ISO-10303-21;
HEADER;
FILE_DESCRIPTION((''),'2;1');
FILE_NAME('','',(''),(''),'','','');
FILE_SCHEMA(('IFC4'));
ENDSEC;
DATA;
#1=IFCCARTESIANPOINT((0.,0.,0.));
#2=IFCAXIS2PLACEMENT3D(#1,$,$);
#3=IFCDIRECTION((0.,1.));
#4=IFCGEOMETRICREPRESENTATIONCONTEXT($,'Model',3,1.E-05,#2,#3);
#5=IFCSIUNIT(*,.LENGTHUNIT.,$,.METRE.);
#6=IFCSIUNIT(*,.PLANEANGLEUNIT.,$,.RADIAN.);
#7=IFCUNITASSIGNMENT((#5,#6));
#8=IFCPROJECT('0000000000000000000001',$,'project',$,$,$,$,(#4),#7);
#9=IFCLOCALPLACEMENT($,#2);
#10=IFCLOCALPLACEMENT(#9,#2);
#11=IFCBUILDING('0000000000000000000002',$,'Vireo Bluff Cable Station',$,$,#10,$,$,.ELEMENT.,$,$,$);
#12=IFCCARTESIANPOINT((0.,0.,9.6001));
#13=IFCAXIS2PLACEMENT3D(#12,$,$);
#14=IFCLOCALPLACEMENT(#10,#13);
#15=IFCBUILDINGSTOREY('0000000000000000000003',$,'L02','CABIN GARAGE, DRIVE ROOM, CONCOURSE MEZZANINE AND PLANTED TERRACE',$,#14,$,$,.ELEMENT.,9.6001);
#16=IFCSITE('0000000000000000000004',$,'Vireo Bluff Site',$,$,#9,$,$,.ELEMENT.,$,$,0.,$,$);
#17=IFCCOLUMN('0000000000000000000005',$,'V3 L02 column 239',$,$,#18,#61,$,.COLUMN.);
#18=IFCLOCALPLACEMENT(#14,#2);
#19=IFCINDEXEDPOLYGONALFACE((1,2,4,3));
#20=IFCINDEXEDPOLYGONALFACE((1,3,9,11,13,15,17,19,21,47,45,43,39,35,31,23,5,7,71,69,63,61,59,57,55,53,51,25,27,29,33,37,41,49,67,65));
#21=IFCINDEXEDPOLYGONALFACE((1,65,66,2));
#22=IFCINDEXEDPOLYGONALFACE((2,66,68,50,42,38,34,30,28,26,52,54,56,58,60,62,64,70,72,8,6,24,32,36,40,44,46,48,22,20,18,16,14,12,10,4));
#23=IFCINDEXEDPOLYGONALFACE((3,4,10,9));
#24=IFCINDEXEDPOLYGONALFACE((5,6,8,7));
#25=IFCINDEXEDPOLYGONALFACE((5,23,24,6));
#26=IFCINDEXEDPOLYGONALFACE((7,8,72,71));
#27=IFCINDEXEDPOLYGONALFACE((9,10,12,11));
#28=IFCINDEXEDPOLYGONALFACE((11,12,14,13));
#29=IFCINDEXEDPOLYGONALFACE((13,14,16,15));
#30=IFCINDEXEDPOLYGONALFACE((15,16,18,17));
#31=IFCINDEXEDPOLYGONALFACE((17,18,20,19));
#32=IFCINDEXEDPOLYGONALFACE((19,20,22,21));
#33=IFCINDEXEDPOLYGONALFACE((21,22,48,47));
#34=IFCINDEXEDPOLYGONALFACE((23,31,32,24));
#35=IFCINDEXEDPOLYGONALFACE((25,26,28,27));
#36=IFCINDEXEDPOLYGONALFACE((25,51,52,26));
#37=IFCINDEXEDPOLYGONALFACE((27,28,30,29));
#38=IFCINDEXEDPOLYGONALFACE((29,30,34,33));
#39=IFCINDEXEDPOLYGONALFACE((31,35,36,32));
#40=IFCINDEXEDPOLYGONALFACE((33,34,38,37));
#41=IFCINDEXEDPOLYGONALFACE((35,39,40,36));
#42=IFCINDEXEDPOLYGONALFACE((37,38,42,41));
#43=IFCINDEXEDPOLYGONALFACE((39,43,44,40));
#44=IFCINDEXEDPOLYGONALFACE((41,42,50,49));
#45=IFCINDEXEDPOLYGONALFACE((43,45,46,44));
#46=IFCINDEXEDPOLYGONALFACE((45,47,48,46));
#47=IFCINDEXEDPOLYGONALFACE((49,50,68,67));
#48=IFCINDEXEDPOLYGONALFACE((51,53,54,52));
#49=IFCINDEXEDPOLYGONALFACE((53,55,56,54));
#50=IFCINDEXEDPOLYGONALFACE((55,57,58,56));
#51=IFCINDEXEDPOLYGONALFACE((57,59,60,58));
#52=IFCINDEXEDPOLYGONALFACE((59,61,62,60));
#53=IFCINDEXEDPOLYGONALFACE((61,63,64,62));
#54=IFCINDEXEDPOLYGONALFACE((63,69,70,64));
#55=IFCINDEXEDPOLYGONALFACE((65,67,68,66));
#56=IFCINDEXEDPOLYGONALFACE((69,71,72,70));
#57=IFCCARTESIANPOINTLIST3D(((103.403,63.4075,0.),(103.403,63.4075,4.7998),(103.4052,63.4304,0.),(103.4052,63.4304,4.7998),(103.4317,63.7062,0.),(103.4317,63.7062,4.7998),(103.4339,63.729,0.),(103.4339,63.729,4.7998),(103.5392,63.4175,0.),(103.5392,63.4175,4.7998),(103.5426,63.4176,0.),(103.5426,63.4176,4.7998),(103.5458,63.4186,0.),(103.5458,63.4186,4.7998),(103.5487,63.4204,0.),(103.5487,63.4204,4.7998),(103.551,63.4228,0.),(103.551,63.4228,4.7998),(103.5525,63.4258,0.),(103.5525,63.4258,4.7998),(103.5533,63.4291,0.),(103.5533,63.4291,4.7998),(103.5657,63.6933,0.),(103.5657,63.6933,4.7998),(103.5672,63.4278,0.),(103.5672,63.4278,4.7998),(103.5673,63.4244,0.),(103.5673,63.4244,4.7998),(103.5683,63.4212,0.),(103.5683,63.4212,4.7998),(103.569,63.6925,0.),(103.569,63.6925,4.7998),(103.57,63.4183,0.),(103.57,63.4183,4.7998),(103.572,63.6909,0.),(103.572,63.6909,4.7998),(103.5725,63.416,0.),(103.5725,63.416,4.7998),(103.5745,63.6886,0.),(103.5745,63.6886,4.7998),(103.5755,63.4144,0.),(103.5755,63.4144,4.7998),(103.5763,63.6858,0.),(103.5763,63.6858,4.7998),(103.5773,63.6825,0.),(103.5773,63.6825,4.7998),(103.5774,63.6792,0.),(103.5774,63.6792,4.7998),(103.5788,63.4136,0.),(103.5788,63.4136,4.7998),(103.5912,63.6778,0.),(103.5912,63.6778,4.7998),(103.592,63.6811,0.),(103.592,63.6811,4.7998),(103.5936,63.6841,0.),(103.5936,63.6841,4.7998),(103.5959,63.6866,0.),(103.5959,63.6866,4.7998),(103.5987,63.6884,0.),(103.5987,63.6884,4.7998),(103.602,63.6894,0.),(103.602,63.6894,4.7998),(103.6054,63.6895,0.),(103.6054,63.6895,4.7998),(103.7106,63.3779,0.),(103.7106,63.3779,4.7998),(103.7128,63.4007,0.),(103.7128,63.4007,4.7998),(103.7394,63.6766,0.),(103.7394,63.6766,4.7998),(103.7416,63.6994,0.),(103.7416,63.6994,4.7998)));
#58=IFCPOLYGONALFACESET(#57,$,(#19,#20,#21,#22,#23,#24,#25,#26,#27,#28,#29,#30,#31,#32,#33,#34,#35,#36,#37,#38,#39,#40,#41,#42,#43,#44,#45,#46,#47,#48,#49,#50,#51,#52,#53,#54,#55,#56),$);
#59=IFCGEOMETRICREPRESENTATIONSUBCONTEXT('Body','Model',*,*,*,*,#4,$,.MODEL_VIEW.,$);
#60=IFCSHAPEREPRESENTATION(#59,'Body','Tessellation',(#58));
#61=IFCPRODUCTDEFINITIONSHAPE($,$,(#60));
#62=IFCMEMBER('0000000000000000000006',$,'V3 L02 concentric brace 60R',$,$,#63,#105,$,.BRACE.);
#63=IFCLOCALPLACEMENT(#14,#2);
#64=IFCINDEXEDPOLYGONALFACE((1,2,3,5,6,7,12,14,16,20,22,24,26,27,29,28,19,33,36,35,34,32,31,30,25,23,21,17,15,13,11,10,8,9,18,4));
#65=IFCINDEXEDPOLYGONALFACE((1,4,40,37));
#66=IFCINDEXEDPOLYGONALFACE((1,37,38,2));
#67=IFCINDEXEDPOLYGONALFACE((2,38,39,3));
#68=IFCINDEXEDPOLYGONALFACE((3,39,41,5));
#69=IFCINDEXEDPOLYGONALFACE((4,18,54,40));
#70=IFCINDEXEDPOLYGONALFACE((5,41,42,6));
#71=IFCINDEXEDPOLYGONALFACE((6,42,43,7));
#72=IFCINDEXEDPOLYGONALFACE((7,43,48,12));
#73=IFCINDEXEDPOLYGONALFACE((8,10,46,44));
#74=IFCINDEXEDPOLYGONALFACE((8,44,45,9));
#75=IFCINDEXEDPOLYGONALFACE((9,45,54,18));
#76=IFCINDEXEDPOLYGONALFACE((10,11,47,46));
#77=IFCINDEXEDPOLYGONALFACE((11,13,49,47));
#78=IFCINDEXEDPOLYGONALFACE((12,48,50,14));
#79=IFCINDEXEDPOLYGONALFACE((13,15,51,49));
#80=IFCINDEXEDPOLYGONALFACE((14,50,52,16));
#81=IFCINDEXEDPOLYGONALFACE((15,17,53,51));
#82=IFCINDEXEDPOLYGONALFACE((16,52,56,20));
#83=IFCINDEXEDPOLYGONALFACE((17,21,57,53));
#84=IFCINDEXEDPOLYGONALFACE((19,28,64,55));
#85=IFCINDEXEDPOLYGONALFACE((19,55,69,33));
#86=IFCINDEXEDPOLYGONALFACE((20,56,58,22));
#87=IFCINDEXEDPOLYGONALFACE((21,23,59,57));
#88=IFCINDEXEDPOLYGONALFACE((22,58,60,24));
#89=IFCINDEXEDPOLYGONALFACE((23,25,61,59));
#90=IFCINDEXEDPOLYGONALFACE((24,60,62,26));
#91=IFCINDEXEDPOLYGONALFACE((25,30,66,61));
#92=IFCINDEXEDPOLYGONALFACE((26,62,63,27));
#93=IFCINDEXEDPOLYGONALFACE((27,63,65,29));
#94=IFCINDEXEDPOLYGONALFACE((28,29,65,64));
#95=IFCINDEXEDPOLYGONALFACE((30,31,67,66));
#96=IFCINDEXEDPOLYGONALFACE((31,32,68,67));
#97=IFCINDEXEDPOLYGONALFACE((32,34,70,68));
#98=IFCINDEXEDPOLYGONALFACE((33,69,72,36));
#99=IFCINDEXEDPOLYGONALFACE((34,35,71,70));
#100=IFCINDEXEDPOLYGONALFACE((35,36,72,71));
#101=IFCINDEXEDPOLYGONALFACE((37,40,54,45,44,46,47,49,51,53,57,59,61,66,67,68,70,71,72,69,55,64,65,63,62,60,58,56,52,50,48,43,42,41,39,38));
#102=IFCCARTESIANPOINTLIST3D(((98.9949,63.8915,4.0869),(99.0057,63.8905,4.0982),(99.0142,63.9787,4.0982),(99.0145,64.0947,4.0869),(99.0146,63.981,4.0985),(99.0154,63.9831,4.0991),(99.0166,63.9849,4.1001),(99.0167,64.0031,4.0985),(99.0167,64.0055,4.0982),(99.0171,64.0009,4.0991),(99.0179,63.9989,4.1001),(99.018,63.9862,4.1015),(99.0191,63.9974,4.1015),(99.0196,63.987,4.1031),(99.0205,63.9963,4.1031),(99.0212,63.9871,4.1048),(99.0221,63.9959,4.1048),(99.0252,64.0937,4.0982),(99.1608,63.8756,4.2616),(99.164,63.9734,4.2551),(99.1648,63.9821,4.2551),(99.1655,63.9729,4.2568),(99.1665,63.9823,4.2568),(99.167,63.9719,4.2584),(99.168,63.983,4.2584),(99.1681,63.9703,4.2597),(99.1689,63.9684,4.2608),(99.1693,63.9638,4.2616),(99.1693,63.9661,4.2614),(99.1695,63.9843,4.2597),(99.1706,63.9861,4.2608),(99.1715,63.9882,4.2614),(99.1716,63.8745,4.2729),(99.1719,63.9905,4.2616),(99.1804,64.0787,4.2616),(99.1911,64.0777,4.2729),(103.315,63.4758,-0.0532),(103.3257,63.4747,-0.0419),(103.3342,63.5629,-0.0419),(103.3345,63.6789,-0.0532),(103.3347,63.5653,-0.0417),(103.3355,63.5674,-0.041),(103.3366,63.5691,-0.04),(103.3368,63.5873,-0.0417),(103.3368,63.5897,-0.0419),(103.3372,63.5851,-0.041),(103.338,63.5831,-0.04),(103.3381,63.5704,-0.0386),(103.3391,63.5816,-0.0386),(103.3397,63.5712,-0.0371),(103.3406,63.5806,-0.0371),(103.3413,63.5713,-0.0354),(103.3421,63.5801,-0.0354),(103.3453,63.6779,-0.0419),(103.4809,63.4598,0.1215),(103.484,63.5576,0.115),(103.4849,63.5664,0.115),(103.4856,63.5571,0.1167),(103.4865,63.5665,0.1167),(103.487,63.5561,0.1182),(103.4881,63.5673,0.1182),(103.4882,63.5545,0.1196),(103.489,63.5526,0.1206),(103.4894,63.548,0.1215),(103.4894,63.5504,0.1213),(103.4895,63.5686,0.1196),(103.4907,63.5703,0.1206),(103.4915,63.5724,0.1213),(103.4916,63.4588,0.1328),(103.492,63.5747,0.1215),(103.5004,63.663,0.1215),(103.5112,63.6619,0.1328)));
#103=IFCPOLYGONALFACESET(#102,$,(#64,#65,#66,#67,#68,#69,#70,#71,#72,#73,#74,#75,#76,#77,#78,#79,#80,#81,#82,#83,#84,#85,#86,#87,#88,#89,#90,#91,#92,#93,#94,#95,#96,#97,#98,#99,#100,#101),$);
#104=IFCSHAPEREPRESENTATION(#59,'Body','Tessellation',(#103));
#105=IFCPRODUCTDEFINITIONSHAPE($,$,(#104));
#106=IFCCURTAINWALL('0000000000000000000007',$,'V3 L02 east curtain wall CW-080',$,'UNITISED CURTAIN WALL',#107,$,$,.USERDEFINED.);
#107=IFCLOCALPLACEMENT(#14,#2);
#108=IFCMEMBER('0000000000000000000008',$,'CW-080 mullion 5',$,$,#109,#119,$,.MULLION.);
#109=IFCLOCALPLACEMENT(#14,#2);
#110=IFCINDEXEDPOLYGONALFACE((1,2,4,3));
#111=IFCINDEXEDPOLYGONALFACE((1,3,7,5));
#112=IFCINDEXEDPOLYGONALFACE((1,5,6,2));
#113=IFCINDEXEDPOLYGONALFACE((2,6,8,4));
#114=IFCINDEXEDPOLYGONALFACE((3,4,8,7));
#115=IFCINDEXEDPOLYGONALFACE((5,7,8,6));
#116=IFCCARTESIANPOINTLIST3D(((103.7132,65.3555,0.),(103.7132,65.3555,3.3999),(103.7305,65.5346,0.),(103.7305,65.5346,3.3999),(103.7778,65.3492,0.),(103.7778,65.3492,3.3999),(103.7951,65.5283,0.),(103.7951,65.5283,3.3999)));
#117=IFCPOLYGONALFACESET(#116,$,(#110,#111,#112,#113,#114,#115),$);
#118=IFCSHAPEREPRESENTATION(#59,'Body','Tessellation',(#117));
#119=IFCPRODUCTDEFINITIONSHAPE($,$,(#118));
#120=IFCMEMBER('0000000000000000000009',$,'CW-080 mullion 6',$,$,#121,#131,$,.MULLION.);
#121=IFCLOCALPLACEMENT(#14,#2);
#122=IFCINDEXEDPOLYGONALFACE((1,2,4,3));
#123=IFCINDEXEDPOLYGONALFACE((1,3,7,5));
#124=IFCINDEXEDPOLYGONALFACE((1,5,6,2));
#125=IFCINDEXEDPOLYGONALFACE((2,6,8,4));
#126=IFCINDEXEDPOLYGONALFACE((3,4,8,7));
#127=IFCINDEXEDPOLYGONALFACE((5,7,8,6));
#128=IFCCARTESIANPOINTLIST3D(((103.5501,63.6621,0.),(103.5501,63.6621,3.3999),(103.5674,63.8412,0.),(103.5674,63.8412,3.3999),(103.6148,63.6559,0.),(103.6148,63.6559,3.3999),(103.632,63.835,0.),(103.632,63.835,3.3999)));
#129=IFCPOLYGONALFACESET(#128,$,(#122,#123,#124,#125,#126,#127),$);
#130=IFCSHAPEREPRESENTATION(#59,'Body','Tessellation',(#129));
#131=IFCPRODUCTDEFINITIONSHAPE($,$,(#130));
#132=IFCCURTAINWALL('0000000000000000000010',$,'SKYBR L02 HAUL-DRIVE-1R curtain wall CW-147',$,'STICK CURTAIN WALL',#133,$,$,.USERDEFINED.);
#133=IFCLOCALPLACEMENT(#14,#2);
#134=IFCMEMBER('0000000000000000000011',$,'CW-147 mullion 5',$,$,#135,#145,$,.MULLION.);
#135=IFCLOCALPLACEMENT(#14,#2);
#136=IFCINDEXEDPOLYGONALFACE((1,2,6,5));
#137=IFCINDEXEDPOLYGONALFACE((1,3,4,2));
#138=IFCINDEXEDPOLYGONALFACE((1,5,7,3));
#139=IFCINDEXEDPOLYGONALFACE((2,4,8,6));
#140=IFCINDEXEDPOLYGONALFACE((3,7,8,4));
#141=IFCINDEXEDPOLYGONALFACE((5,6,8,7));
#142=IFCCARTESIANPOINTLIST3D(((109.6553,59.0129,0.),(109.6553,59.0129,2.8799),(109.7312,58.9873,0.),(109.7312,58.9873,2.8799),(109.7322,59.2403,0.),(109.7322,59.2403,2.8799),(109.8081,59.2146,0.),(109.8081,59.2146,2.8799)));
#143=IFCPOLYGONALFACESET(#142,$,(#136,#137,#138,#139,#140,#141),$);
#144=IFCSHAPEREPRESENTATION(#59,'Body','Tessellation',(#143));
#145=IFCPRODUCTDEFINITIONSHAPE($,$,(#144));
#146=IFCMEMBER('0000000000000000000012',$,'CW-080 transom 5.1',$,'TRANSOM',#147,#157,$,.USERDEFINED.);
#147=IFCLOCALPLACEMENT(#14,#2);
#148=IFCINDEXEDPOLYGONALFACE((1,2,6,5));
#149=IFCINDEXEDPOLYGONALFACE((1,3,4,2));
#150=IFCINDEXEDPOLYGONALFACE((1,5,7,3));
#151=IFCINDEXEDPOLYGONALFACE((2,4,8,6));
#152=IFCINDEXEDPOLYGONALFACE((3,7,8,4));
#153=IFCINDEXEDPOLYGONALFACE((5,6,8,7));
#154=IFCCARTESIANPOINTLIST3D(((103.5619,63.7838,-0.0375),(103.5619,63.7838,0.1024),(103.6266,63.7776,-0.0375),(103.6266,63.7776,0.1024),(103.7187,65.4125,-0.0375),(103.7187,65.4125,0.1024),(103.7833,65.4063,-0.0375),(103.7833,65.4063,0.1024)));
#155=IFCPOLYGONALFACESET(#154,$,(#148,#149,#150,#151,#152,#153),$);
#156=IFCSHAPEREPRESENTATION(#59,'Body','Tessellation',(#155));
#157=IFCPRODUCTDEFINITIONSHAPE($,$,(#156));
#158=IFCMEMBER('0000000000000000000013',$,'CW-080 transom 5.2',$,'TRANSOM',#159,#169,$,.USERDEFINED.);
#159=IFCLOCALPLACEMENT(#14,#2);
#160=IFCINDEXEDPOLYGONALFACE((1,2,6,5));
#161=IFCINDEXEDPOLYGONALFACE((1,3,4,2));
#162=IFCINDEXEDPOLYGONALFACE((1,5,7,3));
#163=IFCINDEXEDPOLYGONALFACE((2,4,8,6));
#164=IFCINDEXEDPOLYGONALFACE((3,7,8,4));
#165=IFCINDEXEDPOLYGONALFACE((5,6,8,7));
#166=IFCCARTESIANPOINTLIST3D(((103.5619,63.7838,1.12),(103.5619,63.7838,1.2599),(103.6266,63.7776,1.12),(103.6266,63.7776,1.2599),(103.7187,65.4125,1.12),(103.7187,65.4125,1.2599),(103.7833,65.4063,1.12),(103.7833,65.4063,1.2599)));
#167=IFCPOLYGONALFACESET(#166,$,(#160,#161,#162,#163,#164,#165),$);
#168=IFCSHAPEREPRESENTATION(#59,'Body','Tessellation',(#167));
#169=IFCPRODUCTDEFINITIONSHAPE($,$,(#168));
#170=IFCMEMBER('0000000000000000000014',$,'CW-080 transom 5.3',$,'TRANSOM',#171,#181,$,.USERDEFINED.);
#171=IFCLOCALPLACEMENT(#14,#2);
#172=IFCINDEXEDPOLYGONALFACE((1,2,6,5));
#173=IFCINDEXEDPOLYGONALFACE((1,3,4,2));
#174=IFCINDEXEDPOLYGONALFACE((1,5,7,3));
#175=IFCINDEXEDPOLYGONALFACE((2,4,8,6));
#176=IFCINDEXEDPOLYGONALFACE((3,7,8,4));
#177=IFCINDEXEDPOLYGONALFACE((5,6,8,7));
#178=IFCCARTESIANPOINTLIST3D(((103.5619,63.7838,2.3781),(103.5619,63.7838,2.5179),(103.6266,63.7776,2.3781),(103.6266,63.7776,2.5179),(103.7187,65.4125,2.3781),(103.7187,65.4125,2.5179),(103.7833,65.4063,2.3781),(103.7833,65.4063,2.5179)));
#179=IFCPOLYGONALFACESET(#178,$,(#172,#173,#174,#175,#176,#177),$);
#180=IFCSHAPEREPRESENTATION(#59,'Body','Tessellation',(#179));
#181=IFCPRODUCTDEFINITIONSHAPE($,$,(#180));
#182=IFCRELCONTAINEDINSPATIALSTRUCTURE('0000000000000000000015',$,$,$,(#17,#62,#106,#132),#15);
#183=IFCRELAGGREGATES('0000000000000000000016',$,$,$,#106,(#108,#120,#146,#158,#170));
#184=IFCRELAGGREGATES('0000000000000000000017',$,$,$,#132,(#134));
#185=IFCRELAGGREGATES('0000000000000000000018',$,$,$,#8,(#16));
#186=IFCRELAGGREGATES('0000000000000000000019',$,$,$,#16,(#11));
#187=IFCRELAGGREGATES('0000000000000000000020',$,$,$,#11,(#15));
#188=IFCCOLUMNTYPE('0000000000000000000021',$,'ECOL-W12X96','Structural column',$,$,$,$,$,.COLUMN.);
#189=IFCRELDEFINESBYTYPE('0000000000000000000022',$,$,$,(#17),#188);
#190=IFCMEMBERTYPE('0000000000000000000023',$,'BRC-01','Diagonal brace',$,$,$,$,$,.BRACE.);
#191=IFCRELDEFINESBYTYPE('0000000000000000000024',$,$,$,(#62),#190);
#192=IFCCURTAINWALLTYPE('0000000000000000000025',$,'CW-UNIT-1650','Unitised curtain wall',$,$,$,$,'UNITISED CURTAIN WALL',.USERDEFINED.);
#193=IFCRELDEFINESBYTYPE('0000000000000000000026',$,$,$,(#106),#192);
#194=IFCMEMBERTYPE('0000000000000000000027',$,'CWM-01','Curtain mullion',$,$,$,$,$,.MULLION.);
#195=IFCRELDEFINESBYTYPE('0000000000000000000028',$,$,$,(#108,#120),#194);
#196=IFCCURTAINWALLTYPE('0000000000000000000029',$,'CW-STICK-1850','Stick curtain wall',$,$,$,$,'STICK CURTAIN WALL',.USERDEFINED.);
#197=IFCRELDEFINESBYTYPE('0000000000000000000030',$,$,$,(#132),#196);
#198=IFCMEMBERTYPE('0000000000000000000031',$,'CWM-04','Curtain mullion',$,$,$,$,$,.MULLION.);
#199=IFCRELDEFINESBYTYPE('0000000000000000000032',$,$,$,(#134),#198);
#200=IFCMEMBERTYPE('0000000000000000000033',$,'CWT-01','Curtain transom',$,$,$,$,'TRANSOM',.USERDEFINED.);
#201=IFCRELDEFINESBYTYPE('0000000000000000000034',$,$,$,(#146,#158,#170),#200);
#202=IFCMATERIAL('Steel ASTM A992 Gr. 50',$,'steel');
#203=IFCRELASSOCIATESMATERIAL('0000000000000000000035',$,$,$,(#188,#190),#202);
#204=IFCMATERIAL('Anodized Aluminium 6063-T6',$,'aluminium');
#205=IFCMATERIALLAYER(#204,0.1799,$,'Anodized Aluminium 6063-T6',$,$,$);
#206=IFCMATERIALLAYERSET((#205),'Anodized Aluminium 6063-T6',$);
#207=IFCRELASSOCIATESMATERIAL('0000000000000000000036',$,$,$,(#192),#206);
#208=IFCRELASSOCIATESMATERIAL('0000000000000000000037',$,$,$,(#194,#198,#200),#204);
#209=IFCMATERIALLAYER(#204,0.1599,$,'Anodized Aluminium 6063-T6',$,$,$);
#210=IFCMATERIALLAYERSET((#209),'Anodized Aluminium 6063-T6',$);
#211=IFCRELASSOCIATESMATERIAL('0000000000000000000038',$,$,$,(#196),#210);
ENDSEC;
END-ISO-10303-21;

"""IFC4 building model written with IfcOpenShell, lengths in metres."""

from ifc_helpers import new_model, si_unit, direction, frame, origin, origin_2d, place, context, subcontext, project, spatial, rectangle, i_section, extrude, material, layer, layer_set, material_profile, profile_set, type_object, element, aggregate, save


model = new_model("IFC4")

# Units and contexts
model_context = context("Model", 3, precision=1e-05, world=origin(), true_north=direction((0.0, 1.0)))
body_context = subcontext(model_context, "Body", "Model", "MODEL_VIEW")
ifc_project = project(units=[si_unit("LENGTHUNIT", "METRE"), si_unit("PLANEANGLEUNIT", "RADIAN")], contexts=[model_context])

# Site, building, storey
site_placement = place(None, origin())
site = spatial("IfcSite", under=ifc_project, at=site_placement, Name="Vireo Bluff Site", CompositionType="ELEMENT", RefElevation=0.0)
building_placement = place(site_placement, origin())
building = spatial("IfcBuilding", under=site, at=building_placement, Name="Vireo Bluff Cable Station", CompositionType="ELEMENT")
storey_placement = place(building_placement, frame((0.0, 0.0, 9.6001)))
storey = spatial("IfcBuildingStorey", under=building, at=storey_placement, Name="L02", Description="CABIN GARAGE, DRIVE ROOM, CONCOURSE MEZZANINE AND PLANTED TERRACE", CompositionType="ELEMENT", Elevation=9.6001)

# Column
ifc_material_1 = material(Name="Steel ASTM A992 Gr. 50", Category="steel")
ifc_material_profile_1 = material_profile(ifc_material_1, i_section(OverallWidth=0.3091, OverallDepth=0.323, WebThickness=0.0139, FlangeThickness=0.0229, FilletRadius=0.0129, at=origin_2d()), Name="W12X96")
ifc_profile_set_1 = profile_set([ifc_material_profile_1], Name="Steel ASTM A992 Gr. 50")
column_type = type_object("IfcColumnType", Name="ECOL-W12X96", Description="Structural column", PredefinedType="COLUMN", material=ifc_profile_set_1)
column_placement = place(storey_placement, frame((103.5723, 63.5535, 0.0), z_axis=(0.0, 0.0, 1.0), x_axis=(0.995396, -0.095846, 0.0)))
element("IfcColumn", 1, at=column_placement, inside=storey, type_object=column_type, Name="V3 L02 column 239", PredefinedType="COLUMN", context=body_context, shape_type="SweptSolid", body=[
    extrude(i_section(OverallWidth=0.3091, OverallDepth=0.323, WebThickness=0.0139, FlangeThickness=0.0229, FilletRadius=0.0129, at=origin_2d()), origin(), (0.0, 0.0, 1.0), 4.7998),
])

# Member
ifc_material_profile_2 = material_profile(ifc_material_1, i_section(OverallWidth=0.2041, OverallDepth=0.2571, WebThickness=0.0088, FlangeThickness=0.0156, FilletRadius=0.009, at=origin_2d()), Name="W10X45")
ifc_profile_set_2 = profile_set([ifc_material_profile_2], Name="Steel ASTM A992 Gr. 50")
member_type_1 = type_object("IfcMemberType", Name="BRC-01", Description="Diagonal brace", PredefinedType="BRACE", material=ifc_profile_set_2)
member_1_placement = place(storey_placement, frame((103.4131, 63.5688, 0.0398), z_axis=(-0.720246, 0.069318, 0.690247), x_axis=(-0.095799, -0.995401, 0.0)))
element("IfcMember", 2, at=member_1_placement, inside=storey, type_object=member_type_1, Name="V3 L02 concentric brace 60R", PredefinedType="BRACE", context=body_context, shape_type="SweptSolid", body=[
    extrude(i_section(OverallWidth=0.2041, OverallDepth=0.2571, WebThickness=0.0088, FlangeThickness=0.0156, FilletRadius=0.009, at=origin_2d()), origin(), (0.0, 0.0, 1.0), 5.998),
])

# Curtain wall, members
ifc_material_2 = material(Name="Anodized Aluminium 6063-T6", Category="aluminium")
ifc_layer_1 = layer(ifc_material_2, 0.1799, Name="Anodized Aluminium 6063-T6")
ifc_layer_set_1 = layer_set([ifc_layer_1], Name="Anodized Aluminium 6063-T6")
curtain_wall_type_1 = type_object("IfcCurtainWallType", Name="CW-UNIT-1650", Description="Unitised curtain wall", ElementType="UNITISED CURTAIN WALL", PredefinedType="USERDEFINED", material=ifc_layer_set_1)
curtain_wall_1_placement = place(storey_placement, origin())
curtain_wall_1 = element("IfcCurtainWall", 3, at=curtain_wall_1_placement, inside=storey, type_object=curtain_wall_type_1, Name="V3 L02 east curtain wall CW-080", ObjectType="UNITISED CURTAIN WALL", PredefinedType="USERDEFINED")
ifc_material_profile_3 = material_profile(ifc_material_2, rectangle(XDim=0.0649, YDim=0.1799, at=origin_2d()), Name="ALU-M-65X180")
ifc_profile_set_3 = profile_set([ifc_material_profile_3], Name="Anodized Aluminium 6063-T6")
member_type_2 = type_object("IfcMemberType", Name="CWM-01", Description="Curtain mullion", PredefinedType="MULLION", material=ifc_profile_set_3)
member_2_placement = place(storey_placement, frame((103.7542, 65.4419, 0.0), z_axis=(0.0, 0.0, 1.0), x_axis=(0.995396, -0.095846, 0.0)))
member_2 = element("IfcMember", 4, at=member_2_placement, type_object=member_type_2, Name="CW-080 mullion 5", PredefinedType="MULLION", context=body_context, shape_type="SweptSolid", body=[
    extrude(rectangle(XDim=0.0649, YDim=0.1799, at=origin_2d()), origin(), (0.0, 0.0, 1.0), 3.3999),
])
member_3_placement = place(storey_placement, frame((103.5911, 63.7485, 0.0), z_axis=(0.0, 0.0, 1.0), x_axis=(0.995396, -0.095846, 0.0)))
member_3 = element("IfcMember", 5, at=member_3_placement, type_object=member_type_2, Name="CW-080 mullion 6", PredefinedType="MULLION", context=body_context, shape_type="SweptSolid", body=[
    extrude(rectangle(XDim=0.0649, YDim=0.1799, at=origin_2d()), origin(), (0.0, 0.0, 1.0), 3.3999),
])

# Curtain wall, member
ifc_layer_2 = layer(ifc_material_2, 0.1599, Name="Anodized Aluminium 6063-T6")
ifc_layer_set_2 = layer_set([ifc_layer_2], Name="Anodized Aluminium 6063-T6")
curtain_wall_type_2 = type_object("IfcCurtainWallType", Name="CW-STICK-1850", Description="Stick curtain wall", ElementType="STICK CURTAIN WALL", PredefinedType="USERDEFINED", material=ifc_layer_set_2)
curtain_wall_2_placement = place(storey_placement, origin())
curtain_wall_2 = element("IfcCurtainWall", 6, at=curtain_wall_2_placement, inside=storey, type_object=curtain_wall_type_2, Name="SKYBR L02 HAUL-DRIVE-1R curtain wall CW-147", ObjectType="STICK CURTAIN WALL", PredefinedType="USERDEFINED")
ifc_material_profile_4 = material_profile(ifc_material_2, rectangle(XDim=0.0801, YDim=0.24, at=origin_2d()), Name="ALU-M-80X240")
ifc_profile_set_4 = profile_set([ifc_material_profile_4], Name="Anodized Aluminium 6063-T6")
member_type_3 = type_object("IfcMemberType", Name="CWM-04", Description="Curtain mullion", PredefinedType="MULLION", material=ifc_profile_set_4)
member_4_placement = place(storey_placement, frame((109.7317, 59.1138, 0.0), z_axis=(0.0, 0.0, 1.0), x_axis=(-0.947295, 0.320364, 0.0)))
member_4 = element("IfcMember", 7, at=member_4_placement, type_object=member_type_3, Name="CW-147 mullion 5", PredefinedType="MULLION", context=body_context, shape_type="SweptSolid", body=[
    extrude(rectangle(XDim=0.0801, YDim=0.24, at=origin_2d()), origin(), (0.0, 0.0, 1.0), 2.8799),
])

# Members
ifc_material_profile_5 = material_profile(ifc_material_2, rectangle(XDim=0.0649, YDim=0.1399, at=origin_2d()), Name="ALU-T-65X140")
ifc_profile_set_5 = profile_set([ifc_material_profile_5], Name="Anodized Aluminium 6063-T6")
member_type_4 = type_object("IfcMemberType", Name="CWT-01", Description="Curtain transom", ElementType="TRANSOM", PredefinedType="USERDEFINED", material=ifc_profile_set_5)
member_5_placement = place(storey_placement, frame((103.751, 65.4094, 0.0325), z_axis=(-0.095795, -0.995401, 0.0), x_axis=(0.995401, -0.095795, 0.0)))
member_5 = element("IfcMember", 8, at=member_5_placement, type_object=member_type_4, Name="CW-080 transom 5.1", ObjectType="TRANSOM", PredefinedType="USERDEFINED", context=body_context, shape_type="SweptSolid", body=[
    extrude(rectangle(XDim=0.0649, YDim=0.1399, at=origin_2d()), origin(), (0.0, 0.0, 1.0), 1.6362),
])
member_6_placement = place(storey_placement, frame((103.751, 65.4094, 1.1899), z_axis=(-0.095795, -0.995401, 0.0), x_axis=(0.995401, -0.095795, 0.0)))
member_6 = element("IfcMember", 9, at=member_6_placement, type_object=member_type_4, Name="CW-080 transom 5.2", ObjectType="TRANSOM", PredefinedType="USERDEFINED", context=body_context, shape_type="SweptSolid", body=[
    extrude(rectangle(XDim=0.0649, YDim=0.1399, at=origin_2d()), origin(), (0.0, 0.0, 1.0), 1.6362),
])
member_7_placement = place(storey_placement, frame((103.751, 65.4094, 2.448), z_axis=(-0.095795, -0.995401, 0.0), x_axis=(0.995401, -0.095795, 0.0)))
member_7 = element("IfcMember", 10, at=member_7_placement, type_object=member_type_4, Name="CW-080 transom 5.3", ObjectType="TRANSOM", PredefinedType="USERDEFINED", context=body_context, shape_type="SweptSolid", body=[
    extrude(rectangle(XDim=0.0649, YDim=0.1399, at=origin_2d()), origin(), (0.0, 0.0, 1.0), 1.6362),
])

aggregate(curtain_wall_1, [member_2, member_3, member_5, member_6, member_7])
aggregate(curtain_wall_2, [member_4])

save(model, "model.ifc")
